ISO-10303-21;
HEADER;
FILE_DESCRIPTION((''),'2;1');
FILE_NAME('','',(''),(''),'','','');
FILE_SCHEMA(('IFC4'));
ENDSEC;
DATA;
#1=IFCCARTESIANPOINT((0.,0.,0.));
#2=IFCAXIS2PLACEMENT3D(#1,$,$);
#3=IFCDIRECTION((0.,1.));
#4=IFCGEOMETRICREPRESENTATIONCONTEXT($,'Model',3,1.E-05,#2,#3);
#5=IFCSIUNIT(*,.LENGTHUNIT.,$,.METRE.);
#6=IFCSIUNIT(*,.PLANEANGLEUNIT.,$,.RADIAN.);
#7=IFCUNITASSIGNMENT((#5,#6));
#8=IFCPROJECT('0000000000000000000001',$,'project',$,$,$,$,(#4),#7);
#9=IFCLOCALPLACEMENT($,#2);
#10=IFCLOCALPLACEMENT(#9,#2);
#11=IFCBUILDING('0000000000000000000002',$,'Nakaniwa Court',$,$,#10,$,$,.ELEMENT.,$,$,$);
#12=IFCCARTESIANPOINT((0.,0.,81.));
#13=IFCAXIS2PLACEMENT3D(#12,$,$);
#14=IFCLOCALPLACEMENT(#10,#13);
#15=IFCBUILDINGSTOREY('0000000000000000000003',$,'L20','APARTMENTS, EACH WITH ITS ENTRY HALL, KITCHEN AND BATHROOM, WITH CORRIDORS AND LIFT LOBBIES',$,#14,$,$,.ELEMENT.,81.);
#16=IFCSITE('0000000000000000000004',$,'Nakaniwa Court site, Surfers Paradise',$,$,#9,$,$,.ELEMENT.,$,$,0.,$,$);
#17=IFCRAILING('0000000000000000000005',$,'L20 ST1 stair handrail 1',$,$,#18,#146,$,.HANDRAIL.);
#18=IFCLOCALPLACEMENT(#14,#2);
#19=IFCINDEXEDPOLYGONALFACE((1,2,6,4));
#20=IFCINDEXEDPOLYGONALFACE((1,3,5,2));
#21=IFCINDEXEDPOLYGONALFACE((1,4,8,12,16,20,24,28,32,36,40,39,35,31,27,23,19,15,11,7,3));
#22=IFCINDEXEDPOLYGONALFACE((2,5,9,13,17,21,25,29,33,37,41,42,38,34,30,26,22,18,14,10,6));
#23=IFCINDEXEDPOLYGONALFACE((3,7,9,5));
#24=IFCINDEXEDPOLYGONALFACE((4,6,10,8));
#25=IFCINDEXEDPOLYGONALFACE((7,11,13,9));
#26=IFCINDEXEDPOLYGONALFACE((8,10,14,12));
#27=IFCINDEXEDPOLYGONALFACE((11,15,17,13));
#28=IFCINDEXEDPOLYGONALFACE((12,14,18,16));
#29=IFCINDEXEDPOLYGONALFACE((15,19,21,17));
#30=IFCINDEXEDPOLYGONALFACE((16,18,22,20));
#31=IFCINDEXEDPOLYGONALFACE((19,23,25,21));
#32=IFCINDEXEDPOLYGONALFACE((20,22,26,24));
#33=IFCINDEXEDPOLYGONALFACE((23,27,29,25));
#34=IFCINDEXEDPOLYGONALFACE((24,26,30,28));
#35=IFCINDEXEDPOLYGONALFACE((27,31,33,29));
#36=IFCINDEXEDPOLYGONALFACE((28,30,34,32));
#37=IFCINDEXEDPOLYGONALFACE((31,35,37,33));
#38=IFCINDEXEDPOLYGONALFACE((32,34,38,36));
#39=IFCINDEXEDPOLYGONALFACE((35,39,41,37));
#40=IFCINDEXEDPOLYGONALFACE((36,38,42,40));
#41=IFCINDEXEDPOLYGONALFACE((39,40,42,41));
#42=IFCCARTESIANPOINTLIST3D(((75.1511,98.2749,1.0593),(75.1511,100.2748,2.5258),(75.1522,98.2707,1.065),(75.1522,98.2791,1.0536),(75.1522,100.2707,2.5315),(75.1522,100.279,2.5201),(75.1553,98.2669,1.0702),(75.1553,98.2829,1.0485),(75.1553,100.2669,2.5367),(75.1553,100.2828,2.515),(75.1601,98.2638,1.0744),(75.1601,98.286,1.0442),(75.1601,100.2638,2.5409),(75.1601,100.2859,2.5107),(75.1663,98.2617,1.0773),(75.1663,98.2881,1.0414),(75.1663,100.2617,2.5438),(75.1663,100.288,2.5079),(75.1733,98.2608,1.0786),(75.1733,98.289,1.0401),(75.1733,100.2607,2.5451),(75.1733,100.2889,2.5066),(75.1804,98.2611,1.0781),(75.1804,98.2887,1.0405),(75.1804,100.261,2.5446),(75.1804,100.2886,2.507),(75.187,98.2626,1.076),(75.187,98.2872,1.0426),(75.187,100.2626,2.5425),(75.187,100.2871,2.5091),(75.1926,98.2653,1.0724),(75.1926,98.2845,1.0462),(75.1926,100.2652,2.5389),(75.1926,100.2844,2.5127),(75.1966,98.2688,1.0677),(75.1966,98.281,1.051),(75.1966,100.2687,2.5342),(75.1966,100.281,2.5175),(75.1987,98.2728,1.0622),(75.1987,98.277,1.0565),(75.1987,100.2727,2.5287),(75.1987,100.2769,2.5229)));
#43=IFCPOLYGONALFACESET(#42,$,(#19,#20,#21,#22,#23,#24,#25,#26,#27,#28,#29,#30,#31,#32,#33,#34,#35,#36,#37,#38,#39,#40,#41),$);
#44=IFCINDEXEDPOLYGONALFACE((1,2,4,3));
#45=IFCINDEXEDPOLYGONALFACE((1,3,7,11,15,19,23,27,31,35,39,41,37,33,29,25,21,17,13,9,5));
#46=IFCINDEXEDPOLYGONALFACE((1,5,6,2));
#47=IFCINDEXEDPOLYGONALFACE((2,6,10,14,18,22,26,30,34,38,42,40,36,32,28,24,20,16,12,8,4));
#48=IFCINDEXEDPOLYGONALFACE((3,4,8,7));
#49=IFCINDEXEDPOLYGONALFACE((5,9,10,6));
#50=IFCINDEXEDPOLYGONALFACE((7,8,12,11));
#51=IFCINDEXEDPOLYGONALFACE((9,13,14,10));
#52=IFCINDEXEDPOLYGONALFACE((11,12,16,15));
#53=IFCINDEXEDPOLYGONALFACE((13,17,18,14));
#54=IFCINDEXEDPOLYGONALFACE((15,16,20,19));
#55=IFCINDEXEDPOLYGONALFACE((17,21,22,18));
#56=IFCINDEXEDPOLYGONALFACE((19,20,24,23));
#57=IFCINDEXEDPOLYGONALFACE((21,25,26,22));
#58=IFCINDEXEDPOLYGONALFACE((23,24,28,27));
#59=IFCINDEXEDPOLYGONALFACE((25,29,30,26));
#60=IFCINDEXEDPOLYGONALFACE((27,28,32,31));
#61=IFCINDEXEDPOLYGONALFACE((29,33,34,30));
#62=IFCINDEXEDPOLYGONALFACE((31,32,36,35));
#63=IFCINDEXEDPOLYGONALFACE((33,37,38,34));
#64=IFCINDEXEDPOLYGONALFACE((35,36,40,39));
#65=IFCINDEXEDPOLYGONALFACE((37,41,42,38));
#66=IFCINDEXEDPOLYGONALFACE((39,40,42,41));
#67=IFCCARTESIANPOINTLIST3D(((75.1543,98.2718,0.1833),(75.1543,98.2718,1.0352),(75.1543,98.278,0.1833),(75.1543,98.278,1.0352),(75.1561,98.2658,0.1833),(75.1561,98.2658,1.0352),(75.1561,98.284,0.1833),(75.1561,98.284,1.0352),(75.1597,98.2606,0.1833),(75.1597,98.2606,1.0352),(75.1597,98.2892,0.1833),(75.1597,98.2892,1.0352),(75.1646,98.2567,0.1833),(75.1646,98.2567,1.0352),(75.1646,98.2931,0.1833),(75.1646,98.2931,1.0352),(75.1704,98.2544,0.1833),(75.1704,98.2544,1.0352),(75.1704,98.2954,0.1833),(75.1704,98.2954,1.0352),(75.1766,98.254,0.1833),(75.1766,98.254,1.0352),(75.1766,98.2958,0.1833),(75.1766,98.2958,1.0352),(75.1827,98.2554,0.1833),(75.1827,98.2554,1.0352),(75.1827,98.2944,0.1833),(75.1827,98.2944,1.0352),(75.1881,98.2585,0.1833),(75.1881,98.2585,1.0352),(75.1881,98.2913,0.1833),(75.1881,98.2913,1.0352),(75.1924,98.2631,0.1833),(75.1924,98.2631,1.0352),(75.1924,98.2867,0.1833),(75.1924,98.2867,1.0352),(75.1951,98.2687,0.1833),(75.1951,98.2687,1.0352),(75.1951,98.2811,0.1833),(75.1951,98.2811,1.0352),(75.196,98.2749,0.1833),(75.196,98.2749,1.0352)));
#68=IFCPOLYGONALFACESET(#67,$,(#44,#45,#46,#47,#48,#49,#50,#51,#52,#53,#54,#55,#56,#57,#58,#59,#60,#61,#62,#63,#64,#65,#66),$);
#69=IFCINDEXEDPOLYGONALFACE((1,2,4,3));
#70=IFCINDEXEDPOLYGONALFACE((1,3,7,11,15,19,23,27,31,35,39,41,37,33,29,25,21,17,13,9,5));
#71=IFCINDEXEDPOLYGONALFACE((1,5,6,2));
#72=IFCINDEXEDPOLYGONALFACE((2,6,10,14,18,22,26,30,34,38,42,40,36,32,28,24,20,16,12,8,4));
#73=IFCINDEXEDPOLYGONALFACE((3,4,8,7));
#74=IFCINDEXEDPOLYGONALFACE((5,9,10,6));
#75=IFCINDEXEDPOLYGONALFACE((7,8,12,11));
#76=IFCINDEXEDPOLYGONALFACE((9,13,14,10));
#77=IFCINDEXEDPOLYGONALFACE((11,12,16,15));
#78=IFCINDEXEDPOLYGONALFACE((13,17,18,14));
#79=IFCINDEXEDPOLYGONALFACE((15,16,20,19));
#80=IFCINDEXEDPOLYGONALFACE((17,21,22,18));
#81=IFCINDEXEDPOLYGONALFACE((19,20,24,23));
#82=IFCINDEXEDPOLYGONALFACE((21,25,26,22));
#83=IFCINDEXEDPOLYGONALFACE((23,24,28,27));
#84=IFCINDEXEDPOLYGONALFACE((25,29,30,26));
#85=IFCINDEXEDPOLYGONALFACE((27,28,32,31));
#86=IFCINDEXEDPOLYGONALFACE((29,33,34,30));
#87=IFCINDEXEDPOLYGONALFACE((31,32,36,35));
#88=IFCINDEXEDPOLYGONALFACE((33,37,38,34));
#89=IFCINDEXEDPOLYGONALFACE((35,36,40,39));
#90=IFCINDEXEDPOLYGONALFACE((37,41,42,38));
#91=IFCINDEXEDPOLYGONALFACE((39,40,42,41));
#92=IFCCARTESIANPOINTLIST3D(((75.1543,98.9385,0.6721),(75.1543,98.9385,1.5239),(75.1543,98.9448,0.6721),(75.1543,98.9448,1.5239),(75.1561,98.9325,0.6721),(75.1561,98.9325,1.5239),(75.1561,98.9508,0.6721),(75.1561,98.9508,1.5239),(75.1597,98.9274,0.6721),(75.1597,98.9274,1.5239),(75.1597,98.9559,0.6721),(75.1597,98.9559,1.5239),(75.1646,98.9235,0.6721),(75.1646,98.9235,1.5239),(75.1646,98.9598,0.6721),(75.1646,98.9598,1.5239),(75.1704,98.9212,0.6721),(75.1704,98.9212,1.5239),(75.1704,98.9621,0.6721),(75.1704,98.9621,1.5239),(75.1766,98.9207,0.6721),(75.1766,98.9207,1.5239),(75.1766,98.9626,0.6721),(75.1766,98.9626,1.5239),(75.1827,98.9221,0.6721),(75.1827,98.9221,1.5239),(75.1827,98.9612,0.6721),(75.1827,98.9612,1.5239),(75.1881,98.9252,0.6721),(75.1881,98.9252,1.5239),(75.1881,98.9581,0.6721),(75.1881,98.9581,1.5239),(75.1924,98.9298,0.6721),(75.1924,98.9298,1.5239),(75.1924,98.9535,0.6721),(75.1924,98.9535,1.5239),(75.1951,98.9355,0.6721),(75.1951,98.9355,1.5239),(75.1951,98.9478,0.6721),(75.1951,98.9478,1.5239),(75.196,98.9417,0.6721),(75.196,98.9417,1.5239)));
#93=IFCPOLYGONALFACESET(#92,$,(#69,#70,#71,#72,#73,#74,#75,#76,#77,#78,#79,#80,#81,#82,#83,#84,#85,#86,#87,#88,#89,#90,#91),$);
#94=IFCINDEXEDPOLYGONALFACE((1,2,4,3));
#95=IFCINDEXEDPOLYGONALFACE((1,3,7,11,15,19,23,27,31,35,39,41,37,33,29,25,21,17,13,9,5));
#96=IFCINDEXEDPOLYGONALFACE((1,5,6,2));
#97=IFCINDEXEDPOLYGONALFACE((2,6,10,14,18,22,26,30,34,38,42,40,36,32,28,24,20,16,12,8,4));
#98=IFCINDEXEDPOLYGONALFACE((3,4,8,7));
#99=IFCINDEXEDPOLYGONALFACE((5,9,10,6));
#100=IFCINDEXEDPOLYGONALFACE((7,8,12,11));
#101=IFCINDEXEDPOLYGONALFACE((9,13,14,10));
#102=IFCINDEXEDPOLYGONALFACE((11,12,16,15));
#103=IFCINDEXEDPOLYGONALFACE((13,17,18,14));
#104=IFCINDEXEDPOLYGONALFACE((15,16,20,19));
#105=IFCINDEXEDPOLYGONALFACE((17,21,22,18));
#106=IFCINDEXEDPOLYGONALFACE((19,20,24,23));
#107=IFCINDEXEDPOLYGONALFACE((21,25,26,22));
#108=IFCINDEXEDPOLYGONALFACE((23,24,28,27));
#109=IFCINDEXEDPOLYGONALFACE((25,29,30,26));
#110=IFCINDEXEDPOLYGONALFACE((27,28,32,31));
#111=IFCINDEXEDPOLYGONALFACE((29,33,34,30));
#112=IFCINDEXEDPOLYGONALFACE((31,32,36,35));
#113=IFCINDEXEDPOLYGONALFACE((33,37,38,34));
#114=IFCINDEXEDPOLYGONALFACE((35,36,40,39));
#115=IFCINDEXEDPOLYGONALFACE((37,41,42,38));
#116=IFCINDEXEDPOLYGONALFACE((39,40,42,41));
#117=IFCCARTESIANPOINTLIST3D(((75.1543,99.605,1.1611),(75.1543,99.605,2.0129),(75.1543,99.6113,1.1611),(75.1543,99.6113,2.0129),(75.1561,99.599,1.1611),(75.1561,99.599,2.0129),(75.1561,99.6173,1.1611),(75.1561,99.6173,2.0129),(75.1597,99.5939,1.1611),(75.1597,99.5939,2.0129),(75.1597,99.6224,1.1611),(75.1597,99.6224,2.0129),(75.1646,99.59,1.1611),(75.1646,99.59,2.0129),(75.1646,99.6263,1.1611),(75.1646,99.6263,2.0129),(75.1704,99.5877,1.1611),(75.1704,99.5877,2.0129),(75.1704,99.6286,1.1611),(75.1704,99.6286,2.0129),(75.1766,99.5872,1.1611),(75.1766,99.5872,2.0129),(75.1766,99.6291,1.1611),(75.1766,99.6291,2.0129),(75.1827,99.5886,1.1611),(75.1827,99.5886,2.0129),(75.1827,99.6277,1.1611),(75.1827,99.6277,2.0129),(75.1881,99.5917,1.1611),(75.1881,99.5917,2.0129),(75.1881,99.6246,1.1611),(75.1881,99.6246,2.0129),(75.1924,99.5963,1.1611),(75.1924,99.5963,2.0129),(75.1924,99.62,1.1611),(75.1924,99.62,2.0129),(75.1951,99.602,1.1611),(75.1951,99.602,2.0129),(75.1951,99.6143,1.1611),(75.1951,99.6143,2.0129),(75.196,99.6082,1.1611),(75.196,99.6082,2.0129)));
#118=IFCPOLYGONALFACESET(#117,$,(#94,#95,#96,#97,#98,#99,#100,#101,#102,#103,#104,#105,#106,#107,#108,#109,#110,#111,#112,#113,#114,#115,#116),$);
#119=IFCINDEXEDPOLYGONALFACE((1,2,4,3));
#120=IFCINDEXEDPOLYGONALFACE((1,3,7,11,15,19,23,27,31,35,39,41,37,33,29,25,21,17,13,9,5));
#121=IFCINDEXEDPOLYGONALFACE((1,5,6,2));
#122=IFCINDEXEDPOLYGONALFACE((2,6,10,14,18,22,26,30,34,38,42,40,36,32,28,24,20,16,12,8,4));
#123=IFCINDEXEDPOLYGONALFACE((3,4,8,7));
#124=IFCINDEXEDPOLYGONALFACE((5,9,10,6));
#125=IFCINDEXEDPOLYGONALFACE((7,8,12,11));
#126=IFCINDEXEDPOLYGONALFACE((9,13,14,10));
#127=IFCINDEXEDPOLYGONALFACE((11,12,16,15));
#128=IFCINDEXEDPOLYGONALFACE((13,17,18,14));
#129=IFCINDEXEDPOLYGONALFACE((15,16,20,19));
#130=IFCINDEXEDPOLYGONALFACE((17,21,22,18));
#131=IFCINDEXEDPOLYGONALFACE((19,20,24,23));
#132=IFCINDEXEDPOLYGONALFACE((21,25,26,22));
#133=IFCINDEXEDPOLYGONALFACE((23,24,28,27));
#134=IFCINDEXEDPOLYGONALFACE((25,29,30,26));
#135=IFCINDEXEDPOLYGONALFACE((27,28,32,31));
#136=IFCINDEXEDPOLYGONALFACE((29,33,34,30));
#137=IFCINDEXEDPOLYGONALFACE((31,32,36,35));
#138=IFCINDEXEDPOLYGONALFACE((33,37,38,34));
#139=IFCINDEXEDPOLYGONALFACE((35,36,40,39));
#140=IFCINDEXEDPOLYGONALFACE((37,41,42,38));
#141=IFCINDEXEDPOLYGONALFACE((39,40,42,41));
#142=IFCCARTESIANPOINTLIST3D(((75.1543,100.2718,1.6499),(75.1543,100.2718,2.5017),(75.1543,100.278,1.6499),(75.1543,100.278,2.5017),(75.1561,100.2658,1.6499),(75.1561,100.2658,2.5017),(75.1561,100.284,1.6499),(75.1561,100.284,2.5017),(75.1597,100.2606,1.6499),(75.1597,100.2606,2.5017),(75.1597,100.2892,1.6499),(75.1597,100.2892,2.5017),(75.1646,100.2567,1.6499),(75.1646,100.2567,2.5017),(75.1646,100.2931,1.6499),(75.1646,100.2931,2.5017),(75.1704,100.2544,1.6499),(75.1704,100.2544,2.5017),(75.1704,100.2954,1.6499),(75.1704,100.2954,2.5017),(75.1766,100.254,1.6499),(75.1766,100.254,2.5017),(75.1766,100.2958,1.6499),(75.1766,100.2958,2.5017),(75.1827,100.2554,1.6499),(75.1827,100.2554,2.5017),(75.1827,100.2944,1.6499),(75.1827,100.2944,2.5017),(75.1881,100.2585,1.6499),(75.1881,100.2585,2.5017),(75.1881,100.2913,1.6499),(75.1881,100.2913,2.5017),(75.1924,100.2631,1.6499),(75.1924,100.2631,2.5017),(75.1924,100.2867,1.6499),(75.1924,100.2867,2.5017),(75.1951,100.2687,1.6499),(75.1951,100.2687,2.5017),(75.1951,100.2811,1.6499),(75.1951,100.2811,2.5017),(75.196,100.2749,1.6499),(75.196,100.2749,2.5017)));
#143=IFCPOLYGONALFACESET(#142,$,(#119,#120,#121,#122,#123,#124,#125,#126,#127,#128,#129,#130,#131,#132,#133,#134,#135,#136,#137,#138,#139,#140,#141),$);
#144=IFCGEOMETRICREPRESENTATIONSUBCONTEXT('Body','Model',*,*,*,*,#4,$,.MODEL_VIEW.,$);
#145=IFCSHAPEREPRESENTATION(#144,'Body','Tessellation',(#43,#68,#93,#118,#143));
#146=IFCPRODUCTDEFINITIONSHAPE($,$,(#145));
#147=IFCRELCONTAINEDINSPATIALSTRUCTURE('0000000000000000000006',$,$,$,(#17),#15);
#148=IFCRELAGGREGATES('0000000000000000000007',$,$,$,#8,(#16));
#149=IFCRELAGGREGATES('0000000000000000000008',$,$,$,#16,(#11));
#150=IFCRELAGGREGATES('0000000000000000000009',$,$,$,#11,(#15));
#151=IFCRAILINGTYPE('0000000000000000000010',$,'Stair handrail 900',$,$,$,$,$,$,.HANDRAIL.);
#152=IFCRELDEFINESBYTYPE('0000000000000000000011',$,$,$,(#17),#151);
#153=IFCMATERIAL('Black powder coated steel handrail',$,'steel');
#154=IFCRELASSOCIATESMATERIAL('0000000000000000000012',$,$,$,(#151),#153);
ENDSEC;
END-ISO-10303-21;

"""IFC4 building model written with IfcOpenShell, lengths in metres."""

from ifc_helpers import new_model, si_unit, direction, frame, origin, origin_2d, place, context, subcontext, project, spatial, circle, extrude, material, type_object, element, save


model = new_model("IFC4")

# Units and contexts
model_context = context("Model", 3, precision=1e-05, world=origin(), true_north=direction((0.0, 1.0)))
body_context = subcontext(model_context, "Body", "Model", "MODEL_VIEW")
ifc_project = project(units=[si_unit("LENGTHUNIT", "METRE"), si_unit("PLANEANGLEUNIT", "RADIAN")], contexts=[model_context])

# Site, building, storey
site_placement = place(None, origin())
site = spatial("IfcSite", under=ifc_project, at=site_placement, Name="Nakaniwa Court site, Surfers Paradise", CompositionType="ELEMENT", RefElevation=0.0)
building_placement = place(site_placement, origin())
building = spatial("IfcBuilding", under=site, at=building_placement, Name="Nakaniwa Court", CompositionType="ELEMENT")
storey_placement = place(building_placement, frame((0.0, 0.0, 81.0)))
storey = spatial("IfcBuildingStorey", under=building, at=storey_placement, Name="L20", Description="APARTMENTS, EACH WITH ITS ENTRY HALL, KITCHEN AND BATHROOM, WITH CORRIDORS AND LIFT LOBBIES", CompositionType="ELEMENT", Elevation=81.0)

# Railing
ifc_material_1 = material(Name="Black powder coated steel handrail", Category="steel")
railing_type_1 = type_object("IfcRailingType", Name="Stair handrail 900", PredefinedType="HANDRAIL", material=ifc_material_1)
railing_1_placement = place(storey_placement, frame((75.175, 98.2749, 0.1833)))
element("IfcRailing", 1, at=railing_1_placement, inside=storey, type_object=railing_type_1, Name="L20 ST1 stair handrail 1", PredefinedType="HANDRAIL", context=body_context, shape_type="SweptSolid", body=[
    extrude(circle(Radius=0.0239, at=origin_2d()), frame((0.0, 0.0, 0.876), z_axis=(0.0, 0.806427, 0.591334), x_axis=(-1.0, 0.0, 0.0)), (0.0, 0.0, 1.0), 2.48),
    extrude(circle(Radius=0.021, at=origin_2d()), origin(), (0.0, 0.0, 1.0), 0.8518),
    extrude(circle(Radius=0.021, at=origin_2d()), frame((0.0, 0.6667, 0.4888)), (0.0, 0.0, 1.0), 0.8518),
    extrude(circle(Radius=0.021, at=origin_2d()), frame((0.0, 1.3333, 0.9778)), (0.0, 0.0, 1.0), 0.8518),
    extrude(circle(Radius=0.021, at=origin_2d()), frame((0.0, 2.0, 1.4666)), (0.0, 0.0, 1.0), 0.8518),
])

save(model, "model.ifc")
